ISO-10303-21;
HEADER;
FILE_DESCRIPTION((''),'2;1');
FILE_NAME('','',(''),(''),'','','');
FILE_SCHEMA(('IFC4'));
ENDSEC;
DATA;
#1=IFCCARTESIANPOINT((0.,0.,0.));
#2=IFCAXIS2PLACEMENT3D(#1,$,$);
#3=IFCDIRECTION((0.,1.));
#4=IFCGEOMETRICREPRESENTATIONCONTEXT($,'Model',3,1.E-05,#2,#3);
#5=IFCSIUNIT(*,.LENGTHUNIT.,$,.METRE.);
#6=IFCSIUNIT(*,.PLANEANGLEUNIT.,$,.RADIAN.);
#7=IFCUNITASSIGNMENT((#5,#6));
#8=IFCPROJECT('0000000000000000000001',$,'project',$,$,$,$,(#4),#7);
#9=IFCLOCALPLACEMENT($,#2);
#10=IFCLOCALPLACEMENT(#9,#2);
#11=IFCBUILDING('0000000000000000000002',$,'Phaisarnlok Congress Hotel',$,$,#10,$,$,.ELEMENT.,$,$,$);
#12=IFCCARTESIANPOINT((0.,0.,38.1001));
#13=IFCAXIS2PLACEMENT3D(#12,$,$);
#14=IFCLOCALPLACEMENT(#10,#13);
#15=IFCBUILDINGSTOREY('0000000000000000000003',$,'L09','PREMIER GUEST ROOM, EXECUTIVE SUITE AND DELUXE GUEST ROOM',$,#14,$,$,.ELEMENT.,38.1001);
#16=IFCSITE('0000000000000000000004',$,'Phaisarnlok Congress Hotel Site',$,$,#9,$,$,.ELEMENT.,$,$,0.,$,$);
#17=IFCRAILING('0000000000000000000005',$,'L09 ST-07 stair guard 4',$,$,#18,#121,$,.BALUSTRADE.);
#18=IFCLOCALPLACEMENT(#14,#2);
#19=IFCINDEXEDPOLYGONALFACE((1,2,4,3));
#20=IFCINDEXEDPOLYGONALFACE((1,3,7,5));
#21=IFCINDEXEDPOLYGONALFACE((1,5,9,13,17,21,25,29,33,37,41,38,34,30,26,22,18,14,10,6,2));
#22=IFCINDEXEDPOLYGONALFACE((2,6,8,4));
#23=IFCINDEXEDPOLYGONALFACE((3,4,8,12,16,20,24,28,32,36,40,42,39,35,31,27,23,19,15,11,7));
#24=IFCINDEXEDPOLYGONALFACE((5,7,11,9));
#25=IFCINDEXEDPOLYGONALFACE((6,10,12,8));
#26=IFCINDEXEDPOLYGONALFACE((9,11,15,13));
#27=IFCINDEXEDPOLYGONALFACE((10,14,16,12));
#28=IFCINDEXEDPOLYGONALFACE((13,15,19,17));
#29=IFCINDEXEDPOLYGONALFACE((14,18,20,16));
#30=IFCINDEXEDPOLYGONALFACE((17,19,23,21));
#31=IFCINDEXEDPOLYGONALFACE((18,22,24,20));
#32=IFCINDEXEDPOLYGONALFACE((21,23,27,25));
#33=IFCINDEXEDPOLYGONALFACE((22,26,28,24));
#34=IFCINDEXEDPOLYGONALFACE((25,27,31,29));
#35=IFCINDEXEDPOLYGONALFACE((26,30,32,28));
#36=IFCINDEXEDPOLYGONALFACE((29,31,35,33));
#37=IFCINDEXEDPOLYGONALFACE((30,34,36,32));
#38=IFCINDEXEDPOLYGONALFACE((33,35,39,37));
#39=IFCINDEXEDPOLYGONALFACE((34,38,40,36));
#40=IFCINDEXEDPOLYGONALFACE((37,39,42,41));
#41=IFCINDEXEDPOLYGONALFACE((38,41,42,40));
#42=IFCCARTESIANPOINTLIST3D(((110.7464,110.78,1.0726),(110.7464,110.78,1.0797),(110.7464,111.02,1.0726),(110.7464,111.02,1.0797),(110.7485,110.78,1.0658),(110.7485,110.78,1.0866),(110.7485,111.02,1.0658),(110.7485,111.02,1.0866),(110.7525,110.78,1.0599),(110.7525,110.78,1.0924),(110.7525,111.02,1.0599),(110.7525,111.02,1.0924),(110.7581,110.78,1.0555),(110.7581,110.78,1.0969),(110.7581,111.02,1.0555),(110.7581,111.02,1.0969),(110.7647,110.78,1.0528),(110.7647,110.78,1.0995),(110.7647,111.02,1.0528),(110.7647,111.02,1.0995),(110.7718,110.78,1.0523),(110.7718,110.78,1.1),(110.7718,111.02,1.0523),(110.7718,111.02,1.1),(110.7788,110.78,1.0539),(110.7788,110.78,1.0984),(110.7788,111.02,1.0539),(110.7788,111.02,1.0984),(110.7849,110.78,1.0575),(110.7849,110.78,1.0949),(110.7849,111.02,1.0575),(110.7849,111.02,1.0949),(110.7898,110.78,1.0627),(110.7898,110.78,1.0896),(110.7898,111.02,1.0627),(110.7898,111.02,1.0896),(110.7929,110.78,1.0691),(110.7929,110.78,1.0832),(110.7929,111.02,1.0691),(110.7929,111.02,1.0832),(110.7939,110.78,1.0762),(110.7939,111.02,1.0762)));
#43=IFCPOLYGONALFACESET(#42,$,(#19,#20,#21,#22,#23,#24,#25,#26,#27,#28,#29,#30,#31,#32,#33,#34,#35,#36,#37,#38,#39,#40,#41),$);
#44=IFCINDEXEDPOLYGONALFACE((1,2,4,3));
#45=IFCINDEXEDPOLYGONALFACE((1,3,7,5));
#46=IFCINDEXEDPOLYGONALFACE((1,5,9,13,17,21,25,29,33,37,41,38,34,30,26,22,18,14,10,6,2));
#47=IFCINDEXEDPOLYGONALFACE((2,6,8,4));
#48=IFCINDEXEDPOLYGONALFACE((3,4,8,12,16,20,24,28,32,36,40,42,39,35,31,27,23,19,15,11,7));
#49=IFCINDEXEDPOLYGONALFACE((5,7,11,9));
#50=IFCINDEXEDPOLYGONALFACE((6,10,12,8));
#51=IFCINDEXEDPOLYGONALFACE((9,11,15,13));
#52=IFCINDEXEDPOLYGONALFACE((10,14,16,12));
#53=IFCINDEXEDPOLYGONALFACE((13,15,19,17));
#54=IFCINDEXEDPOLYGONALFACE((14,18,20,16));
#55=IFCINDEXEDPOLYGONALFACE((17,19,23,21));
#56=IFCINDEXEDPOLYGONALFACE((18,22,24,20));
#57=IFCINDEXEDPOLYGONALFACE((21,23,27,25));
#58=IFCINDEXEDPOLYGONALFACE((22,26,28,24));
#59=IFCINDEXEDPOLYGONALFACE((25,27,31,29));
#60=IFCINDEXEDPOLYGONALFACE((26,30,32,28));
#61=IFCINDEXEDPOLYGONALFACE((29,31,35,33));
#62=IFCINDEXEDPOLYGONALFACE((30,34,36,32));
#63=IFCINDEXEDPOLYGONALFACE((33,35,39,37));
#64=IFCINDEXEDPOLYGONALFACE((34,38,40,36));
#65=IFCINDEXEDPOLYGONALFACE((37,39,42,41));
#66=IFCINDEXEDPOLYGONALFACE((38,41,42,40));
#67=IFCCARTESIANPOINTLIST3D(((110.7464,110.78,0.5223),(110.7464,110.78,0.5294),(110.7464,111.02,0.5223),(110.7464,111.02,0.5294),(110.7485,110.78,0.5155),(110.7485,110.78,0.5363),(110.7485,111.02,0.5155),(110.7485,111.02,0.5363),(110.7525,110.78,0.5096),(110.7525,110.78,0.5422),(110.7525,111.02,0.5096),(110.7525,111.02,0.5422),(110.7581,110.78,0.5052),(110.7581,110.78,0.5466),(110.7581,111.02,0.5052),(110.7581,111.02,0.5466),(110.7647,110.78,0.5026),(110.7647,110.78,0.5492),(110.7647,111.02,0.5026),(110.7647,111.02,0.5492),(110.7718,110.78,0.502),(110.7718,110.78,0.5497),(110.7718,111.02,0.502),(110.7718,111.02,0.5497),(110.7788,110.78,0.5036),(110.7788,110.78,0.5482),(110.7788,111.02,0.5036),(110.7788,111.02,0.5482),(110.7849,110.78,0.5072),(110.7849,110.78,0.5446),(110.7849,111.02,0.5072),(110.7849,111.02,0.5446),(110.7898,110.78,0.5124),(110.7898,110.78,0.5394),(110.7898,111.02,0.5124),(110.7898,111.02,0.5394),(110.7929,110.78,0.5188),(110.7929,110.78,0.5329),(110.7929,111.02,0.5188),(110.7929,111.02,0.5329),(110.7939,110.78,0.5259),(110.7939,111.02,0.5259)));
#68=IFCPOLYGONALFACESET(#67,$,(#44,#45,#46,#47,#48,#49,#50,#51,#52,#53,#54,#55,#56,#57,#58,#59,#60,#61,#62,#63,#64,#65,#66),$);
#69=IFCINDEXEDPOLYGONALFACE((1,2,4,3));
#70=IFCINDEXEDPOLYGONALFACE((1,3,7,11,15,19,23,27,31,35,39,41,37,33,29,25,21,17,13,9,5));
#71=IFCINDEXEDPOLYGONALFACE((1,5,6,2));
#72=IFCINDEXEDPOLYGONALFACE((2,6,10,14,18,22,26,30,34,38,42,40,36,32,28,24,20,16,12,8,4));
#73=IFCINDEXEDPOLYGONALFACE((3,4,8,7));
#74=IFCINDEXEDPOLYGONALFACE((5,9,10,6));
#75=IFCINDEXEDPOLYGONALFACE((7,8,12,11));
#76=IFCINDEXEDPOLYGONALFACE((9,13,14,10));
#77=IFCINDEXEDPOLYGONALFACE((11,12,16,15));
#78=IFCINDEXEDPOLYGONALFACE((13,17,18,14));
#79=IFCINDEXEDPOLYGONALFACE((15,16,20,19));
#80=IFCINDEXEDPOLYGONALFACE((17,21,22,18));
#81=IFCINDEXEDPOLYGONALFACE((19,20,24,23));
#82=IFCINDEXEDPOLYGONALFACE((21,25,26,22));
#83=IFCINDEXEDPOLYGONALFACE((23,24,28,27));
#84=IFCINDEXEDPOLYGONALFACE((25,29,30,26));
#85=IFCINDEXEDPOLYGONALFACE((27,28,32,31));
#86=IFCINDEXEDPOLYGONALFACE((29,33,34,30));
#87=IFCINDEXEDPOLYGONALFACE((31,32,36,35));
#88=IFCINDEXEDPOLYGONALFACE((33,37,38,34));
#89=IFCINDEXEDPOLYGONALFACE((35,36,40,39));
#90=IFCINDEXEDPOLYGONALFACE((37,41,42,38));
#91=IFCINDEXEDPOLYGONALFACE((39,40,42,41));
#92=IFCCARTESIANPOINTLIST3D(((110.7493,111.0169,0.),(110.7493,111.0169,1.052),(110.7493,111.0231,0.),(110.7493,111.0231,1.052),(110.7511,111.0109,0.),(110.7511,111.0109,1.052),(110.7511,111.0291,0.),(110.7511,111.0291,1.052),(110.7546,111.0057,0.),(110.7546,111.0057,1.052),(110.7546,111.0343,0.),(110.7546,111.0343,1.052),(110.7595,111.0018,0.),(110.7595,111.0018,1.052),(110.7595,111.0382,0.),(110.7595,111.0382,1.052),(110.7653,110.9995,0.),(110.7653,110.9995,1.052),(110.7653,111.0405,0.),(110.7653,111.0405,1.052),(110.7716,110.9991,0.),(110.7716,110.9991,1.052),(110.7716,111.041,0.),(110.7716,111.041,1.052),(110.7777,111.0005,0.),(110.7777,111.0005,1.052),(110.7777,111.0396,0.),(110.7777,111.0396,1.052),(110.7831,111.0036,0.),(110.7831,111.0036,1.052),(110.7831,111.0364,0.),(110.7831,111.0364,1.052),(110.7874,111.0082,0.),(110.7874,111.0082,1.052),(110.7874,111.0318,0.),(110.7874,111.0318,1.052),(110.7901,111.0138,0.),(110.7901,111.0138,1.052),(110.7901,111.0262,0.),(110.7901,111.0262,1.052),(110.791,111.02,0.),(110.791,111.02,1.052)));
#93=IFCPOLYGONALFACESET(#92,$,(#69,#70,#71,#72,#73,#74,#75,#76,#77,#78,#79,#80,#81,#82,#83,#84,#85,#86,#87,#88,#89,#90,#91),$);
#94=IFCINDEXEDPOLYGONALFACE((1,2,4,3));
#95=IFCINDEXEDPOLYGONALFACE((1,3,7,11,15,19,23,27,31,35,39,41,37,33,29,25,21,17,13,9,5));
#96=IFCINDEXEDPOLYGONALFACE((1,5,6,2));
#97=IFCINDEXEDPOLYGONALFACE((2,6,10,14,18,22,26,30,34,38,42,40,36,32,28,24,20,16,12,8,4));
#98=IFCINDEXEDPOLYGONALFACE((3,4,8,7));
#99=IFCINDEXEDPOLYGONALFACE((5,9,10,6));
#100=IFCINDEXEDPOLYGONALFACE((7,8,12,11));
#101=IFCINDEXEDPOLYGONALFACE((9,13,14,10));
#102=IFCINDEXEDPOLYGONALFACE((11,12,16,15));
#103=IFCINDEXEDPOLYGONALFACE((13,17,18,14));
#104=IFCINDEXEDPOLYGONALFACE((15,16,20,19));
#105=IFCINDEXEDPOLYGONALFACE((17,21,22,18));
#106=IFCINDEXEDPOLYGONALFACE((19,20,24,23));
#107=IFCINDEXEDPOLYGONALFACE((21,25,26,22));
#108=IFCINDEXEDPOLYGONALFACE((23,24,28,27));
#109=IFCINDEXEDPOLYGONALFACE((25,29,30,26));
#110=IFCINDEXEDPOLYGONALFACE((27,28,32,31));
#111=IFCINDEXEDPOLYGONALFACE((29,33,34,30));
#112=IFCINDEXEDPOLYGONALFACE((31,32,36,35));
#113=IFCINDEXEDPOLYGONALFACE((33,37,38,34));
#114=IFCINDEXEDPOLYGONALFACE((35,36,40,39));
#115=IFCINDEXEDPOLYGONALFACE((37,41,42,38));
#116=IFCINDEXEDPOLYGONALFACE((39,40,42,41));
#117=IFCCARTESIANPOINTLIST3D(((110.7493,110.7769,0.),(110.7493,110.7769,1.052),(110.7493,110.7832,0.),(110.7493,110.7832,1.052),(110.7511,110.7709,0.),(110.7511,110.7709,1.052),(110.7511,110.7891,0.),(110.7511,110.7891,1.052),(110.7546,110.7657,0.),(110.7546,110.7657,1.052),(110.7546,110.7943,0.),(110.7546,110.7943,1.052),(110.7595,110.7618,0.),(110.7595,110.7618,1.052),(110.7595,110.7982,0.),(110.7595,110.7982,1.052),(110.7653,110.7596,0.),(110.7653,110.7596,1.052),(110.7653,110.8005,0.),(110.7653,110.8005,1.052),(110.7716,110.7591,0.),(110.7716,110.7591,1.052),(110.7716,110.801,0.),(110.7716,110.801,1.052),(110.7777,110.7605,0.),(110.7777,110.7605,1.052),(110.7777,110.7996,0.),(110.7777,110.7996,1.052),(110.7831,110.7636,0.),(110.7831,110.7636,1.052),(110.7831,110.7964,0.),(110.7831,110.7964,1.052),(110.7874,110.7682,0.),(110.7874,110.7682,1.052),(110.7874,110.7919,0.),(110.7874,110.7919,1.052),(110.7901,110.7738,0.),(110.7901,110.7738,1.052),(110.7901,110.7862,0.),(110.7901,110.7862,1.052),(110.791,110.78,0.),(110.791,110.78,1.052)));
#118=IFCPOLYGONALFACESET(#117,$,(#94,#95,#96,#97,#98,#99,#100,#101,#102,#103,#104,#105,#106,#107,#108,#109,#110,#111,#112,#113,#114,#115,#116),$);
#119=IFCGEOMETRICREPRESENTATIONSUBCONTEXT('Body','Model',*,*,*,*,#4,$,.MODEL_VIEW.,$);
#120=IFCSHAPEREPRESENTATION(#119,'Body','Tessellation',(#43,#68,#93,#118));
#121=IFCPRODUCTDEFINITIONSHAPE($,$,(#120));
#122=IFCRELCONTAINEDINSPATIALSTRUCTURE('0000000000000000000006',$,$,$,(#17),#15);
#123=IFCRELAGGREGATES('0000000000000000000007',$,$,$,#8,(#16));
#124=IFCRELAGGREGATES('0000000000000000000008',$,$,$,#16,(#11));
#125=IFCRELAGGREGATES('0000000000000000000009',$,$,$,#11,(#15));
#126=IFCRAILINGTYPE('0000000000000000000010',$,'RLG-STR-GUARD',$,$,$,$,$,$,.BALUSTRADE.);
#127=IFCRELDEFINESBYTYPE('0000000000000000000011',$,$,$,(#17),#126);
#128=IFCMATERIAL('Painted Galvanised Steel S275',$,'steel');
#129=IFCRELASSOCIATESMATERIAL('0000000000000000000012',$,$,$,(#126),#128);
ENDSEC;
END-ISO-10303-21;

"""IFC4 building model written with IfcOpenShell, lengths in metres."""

from ifc_helpers import new_model, si_unit, direction, frame, origin, origin_2d, place, context, subcontext, project, spatial, circle, extrude, material, type_object, element, save


model = new_model("IFC4")

# Units and contexts
model_context = context("Model", 3, precision=1e-05, world=origin(), true_north=direction((0.0, 1.0)))
body_context = subcontext(model_context, "Body", "Model", "MODEL_VIEW")
ifc_project = project(units=[si_unit("LENGTHUNIT", "METRE"), si_unit("PLANEANGLEUNIT", "RADIAN")], contexts=[model_context])

# Site, building, storey
site_placement = place(None, origin())
site = spatial("IfcSite", under=ifc_project, at=site_placement, Name="Phaisarnlok Congress Hotel Site", CompositionType="ELEMENT", RefElevation=0.0)
building_placement = place(site_placement, origin())
building = spatial("IfcBuilding", under=site, at=building_placement, Name="Phaisarnlok Congress Hotel", CompositionType="ELEMENT")
storey_placement = place(building_placement, frame((0.0, 0.0, 38.1001)))
storey = spatial("IfcBuildingStorey", under=building, at=storey_placement, Name="L09", Description="PREMIER GUEST ROOM, EXECUTIVE SUITE AND DELUXE GUEST ROOM", CompositionType="ELEMENT", Elevation=38.1001)

# Railing
ifc_material_1 = material(Name="Painted Galvanised Steel S275", Category="steel")
railing_type_1 = type_object("IfcRailingType", Name="RLG-STR-GUARD", PredefinedType="BALUSTRADE", material=ifc_material_1)
railing_1_placement = place(storey_placement, frame((110.77, 111.02, 0.0)))
element("IfcRailing", 1, at=railing_1_placement, inside=storey, type_object=railing_type_1, Name="L09 ST-07 stair guard 4", PredefinedType="BALUSTRADE", context=body_context, shape_type="SweptSolid", body=[
    extrude(circle(Radius=0.0239, at=origin_2d()), frame((0.0, 0.0, 1.0762), z_axis=(0.0, -1.0, 0.0), x_axis=(1.0, 0.0, 0.0)), (0.0, 0.0, 1.0), 0.24),
    extrude(circle(Radius=0.0239, at=origin_2d()), frame((0.0, 0.0, 0.5259), z_axis=(0.0, -1.0, 0.0), x_axis=(1.0, 0.0, 0.0)), (0.0, 0.0, 1.0), 0.24),
    extrude(circle(Radius=0.021, at=origin_2d()), origin(), (0.0, 0.0, 1.0), 1.052),
    extrude(circle(Radius=0.021, at=origin_2d()), frame((0.0, -0.24, 0.0)), (0.0, 0.0, 1.0), 1.052),
])

save(model, "model.ifc")
